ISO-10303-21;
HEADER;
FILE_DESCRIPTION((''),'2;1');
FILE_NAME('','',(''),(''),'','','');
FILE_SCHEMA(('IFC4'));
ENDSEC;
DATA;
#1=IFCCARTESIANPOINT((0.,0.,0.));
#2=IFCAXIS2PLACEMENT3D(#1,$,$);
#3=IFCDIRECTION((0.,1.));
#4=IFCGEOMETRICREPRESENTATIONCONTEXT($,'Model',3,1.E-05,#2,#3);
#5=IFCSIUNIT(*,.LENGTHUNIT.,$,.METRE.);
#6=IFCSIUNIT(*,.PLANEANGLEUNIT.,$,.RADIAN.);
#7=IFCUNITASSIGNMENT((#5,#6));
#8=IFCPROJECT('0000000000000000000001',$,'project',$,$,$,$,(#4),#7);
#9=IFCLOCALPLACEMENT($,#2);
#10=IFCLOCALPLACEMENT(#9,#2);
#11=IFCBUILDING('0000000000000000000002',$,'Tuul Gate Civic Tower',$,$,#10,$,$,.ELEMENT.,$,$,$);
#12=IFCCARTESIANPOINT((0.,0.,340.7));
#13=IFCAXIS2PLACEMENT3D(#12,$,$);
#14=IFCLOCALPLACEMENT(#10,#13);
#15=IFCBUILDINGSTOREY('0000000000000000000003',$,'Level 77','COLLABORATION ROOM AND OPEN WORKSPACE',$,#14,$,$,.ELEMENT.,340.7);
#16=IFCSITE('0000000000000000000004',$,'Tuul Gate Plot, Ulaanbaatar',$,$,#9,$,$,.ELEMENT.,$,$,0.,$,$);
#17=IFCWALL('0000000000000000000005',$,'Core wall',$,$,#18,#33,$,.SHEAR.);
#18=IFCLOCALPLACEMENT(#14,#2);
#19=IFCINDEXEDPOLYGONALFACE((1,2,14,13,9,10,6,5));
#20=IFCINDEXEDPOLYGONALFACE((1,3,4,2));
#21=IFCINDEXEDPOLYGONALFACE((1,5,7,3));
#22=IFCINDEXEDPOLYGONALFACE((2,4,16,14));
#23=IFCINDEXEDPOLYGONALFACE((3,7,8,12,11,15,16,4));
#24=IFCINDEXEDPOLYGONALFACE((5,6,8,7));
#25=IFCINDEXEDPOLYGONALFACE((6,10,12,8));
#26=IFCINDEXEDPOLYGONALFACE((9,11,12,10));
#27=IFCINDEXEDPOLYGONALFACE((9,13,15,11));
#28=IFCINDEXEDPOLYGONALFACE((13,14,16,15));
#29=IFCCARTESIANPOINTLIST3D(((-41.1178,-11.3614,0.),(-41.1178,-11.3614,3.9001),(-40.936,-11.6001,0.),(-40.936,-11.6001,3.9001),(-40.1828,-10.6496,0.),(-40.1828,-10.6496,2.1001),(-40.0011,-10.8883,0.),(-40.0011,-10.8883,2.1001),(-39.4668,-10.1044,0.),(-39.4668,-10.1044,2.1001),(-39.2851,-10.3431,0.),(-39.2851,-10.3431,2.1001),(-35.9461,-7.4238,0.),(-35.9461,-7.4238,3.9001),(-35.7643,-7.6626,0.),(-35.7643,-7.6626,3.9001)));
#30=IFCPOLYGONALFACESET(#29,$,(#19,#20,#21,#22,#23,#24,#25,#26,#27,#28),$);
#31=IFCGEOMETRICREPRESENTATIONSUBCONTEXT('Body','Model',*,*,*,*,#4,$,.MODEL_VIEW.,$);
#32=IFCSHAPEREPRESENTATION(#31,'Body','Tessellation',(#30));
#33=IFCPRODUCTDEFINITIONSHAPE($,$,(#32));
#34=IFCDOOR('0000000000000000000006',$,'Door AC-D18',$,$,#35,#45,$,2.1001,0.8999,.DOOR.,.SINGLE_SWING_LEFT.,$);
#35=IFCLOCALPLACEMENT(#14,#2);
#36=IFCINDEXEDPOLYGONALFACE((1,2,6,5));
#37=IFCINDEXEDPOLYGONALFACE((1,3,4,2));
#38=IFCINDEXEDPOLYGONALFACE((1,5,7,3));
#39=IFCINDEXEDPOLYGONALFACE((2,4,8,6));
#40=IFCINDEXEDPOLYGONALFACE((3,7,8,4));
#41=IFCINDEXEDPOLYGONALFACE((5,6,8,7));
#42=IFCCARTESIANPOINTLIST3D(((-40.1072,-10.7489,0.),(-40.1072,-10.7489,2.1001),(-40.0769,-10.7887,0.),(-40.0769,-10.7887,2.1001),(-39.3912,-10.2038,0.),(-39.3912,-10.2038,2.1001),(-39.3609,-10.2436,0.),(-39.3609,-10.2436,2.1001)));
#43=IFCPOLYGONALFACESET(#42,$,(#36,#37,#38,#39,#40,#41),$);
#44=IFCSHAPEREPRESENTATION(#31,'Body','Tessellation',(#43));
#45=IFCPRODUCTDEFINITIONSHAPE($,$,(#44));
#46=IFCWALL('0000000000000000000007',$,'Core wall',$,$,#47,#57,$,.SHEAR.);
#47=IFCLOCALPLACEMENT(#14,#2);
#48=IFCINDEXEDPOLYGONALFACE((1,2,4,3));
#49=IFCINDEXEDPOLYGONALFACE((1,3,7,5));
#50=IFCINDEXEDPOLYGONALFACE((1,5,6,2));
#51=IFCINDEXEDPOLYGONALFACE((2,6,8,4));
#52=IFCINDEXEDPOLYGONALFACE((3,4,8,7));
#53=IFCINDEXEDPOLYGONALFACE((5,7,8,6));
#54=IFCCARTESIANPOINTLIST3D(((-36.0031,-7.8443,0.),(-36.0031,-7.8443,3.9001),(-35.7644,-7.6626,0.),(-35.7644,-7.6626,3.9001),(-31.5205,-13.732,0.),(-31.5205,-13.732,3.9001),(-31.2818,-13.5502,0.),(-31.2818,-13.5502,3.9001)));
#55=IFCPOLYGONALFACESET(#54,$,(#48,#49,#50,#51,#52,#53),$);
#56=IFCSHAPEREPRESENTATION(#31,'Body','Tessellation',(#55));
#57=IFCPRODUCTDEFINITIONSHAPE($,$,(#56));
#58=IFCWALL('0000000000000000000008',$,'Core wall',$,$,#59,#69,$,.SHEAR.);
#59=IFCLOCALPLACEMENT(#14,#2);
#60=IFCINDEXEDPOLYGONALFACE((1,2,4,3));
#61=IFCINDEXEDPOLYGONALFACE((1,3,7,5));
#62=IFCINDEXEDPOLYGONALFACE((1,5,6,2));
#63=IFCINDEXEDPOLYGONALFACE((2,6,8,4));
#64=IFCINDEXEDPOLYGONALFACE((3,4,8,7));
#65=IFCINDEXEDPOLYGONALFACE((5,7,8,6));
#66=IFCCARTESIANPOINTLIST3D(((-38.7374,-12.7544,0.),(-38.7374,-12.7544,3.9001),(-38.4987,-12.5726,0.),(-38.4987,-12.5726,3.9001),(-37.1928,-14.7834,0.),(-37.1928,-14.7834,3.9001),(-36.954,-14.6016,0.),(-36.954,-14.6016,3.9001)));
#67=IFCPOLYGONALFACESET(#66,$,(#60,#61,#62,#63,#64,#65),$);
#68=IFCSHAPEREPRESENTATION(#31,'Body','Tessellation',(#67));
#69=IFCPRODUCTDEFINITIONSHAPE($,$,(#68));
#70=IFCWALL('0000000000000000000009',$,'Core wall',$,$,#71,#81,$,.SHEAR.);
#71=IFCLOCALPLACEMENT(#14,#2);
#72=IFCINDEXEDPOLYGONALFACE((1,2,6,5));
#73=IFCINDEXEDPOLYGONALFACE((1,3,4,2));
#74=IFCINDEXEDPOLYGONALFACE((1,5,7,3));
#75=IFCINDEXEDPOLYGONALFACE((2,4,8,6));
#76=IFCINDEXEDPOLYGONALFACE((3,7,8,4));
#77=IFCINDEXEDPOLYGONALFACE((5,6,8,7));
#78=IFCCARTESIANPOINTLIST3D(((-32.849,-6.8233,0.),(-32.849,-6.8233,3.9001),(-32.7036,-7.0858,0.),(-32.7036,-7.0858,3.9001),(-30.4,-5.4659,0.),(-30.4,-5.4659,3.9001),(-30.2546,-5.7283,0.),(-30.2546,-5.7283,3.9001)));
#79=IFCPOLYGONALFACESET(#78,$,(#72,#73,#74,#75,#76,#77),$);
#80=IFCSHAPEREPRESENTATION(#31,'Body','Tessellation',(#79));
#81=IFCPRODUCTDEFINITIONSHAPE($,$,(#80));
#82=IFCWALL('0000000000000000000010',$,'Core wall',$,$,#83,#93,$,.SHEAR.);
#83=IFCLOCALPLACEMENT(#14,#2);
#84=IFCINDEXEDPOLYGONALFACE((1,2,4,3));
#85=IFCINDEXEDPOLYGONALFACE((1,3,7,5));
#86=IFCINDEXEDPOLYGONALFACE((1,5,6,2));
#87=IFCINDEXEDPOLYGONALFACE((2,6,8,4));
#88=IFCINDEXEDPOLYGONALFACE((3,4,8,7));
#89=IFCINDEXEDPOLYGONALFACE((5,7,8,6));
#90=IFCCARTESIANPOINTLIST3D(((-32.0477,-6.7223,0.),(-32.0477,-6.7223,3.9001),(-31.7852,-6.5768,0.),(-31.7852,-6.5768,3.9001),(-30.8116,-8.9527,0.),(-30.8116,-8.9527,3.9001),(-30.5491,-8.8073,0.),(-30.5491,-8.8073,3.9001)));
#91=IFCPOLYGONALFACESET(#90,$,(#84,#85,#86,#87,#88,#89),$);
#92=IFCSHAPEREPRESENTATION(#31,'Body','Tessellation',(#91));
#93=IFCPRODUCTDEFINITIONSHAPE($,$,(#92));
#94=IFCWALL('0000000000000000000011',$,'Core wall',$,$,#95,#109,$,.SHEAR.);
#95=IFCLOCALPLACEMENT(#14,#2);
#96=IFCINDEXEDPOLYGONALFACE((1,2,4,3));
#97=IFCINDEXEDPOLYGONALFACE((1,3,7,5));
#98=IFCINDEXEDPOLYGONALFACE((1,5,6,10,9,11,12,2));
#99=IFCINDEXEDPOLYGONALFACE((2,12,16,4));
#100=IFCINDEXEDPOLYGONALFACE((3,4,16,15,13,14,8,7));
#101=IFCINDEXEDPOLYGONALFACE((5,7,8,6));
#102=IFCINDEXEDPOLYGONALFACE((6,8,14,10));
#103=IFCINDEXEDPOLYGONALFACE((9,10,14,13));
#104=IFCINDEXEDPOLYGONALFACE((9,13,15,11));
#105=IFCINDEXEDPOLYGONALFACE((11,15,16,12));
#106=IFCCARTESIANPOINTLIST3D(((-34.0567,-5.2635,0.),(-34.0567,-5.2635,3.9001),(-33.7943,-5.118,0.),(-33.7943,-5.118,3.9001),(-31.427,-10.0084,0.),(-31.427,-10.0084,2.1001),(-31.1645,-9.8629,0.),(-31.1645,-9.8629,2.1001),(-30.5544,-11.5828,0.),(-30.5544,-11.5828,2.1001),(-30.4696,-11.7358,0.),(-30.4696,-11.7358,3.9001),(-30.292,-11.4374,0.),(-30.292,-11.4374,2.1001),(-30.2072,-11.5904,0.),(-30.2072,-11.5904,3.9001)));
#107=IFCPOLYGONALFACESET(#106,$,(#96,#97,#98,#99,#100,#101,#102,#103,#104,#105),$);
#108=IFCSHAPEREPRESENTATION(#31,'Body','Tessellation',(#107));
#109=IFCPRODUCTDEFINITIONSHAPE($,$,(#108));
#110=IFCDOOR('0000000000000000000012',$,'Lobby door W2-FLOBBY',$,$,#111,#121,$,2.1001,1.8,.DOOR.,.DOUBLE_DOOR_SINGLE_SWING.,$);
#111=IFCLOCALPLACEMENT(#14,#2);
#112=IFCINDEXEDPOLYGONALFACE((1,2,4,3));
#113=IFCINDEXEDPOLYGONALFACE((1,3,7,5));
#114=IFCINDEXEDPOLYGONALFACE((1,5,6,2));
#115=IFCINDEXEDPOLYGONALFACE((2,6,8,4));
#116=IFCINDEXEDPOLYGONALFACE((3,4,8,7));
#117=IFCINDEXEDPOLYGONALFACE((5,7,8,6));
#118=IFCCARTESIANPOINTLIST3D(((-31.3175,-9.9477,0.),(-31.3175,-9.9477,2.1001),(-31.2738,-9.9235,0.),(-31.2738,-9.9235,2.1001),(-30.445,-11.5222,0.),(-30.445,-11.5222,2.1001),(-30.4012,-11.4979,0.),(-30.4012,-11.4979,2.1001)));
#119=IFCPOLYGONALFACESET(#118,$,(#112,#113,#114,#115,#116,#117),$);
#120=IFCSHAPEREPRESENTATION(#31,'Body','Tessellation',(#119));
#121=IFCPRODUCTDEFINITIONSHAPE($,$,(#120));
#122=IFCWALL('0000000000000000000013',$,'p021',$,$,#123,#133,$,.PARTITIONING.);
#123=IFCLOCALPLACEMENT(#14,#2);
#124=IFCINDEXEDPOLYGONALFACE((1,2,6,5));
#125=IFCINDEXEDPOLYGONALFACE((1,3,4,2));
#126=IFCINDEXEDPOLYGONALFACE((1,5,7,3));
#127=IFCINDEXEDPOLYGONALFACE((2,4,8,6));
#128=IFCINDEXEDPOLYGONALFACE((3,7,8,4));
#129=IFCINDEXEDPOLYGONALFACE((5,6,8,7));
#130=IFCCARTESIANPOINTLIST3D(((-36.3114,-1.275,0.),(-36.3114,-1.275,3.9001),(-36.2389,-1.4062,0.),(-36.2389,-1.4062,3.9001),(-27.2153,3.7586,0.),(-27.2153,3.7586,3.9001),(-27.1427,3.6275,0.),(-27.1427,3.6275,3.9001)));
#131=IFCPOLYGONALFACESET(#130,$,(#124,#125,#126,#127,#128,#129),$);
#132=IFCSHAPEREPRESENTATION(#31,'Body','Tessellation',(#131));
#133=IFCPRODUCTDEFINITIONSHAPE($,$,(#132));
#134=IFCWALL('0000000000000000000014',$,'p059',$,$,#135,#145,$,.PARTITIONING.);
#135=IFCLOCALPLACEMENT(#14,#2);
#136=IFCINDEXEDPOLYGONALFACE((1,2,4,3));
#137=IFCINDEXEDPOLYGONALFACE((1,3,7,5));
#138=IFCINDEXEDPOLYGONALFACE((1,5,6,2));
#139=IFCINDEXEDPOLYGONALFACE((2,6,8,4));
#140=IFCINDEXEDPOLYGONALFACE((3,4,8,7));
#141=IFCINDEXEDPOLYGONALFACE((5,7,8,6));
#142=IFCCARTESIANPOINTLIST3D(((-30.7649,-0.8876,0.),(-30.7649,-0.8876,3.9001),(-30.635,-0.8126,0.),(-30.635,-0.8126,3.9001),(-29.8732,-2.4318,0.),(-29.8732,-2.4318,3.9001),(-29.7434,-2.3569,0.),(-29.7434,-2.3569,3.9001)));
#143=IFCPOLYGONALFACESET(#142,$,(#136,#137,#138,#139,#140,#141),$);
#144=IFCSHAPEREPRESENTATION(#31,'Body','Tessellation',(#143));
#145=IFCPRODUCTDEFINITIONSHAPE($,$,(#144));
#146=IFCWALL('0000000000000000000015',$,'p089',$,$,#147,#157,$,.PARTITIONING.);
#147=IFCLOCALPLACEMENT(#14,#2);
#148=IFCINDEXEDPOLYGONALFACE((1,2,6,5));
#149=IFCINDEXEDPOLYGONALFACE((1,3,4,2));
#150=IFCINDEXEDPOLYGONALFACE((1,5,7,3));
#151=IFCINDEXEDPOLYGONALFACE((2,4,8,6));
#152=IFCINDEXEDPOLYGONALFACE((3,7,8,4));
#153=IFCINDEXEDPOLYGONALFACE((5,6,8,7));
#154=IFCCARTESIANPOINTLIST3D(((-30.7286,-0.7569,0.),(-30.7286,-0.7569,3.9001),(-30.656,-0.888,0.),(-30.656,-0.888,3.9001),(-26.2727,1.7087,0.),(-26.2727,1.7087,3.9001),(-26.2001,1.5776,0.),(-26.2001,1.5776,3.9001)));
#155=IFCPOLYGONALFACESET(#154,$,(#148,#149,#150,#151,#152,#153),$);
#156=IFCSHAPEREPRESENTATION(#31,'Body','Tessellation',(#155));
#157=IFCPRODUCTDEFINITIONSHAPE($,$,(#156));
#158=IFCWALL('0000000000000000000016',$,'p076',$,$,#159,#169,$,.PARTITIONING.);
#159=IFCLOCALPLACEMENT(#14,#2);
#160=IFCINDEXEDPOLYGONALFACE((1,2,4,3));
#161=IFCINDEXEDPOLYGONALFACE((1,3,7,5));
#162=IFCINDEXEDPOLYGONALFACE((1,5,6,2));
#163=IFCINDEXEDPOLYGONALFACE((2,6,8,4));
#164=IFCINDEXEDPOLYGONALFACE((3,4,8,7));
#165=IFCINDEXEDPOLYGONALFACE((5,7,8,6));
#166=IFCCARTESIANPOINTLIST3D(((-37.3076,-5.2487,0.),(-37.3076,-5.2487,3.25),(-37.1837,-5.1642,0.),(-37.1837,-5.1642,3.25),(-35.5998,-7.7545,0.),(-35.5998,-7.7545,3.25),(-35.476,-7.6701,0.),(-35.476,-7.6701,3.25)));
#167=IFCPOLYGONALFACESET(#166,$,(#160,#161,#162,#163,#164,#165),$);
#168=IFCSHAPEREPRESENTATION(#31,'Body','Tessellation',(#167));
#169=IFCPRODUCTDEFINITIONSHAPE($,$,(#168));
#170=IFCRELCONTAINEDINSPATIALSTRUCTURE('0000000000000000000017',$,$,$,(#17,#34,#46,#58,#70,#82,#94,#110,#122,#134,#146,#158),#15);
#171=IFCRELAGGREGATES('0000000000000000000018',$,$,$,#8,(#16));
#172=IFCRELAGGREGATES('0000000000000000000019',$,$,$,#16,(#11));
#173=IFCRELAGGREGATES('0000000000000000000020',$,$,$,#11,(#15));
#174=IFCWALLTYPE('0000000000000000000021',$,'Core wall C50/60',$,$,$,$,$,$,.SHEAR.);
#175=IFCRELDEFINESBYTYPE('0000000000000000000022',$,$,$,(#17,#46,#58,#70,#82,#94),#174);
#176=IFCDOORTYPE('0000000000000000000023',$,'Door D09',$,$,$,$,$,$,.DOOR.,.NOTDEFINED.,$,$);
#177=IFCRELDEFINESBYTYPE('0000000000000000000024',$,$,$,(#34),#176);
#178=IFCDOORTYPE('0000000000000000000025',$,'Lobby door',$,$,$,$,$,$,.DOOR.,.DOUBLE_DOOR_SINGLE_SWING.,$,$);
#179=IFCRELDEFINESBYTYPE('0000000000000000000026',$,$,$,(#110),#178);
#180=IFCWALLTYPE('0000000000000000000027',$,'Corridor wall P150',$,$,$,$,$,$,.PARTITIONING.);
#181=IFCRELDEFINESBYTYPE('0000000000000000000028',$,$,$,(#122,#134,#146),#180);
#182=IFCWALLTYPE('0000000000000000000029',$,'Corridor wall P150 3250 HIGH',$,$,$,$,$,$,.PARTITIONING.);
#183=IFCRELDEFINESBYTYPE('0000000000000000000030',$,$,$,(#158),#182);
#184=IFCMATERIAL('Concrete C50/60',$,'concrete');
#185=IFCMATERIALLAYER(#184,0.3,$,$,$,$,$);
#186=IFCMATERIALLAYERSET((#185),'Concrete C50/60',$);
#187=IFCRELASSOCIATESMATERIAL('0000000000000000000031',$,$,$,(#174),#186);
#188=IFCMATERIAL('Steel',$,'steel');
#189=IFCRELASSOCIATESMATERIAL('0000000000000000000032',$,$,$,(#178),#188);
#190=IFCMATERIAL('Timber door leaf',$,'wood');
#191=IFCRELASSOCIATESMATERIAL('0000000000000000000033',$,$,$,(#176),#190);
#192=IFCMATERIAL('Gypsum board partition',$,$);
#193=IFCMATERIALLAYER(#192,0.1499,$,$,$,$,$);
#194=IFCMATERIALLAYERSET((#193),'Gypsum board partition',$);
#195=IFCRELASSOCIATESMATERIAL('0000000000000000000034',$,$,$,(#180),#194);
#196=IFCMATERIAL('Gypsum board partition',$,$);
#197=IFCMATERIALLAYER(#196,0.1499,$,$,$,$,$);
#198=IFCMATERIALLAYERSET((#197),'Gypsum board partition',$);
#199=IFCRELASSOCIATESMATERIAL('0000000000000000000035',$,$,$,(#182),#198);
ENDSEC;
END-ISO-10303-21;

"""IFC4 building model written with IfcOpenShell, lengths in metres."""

from ifc_helpers import new_model, si_unit, direction, frame, frame_2d, origin, place, context, subcontext, project, spatial, rectangle, extrude, material, layer, layer_set, type_object, element, fill, save


model = new_model("IFC4")

# Units and contexts
model_context = context("Model", 3, precision=1e-05, world=origin(), true_north=direction((0.0, 1.0)))
body_context = subcontext(model_context, "Body", "Model", "MODEL_VIEW")
ifc_project = project(units=[si_unit("LENGTHUNIT", "METRE"), si_unit("PLANEANGLEUNIT", "RADIAN")], contexts=[model_context])

# Site, building, storey
site_placement = place(None, origin())
site = spatial("IfcSite", under=ifc_project, at=site_placement, Name="Tuul Gate Plot, Ulaanbaatar", CompositionType="ELEMENT", RefElevation=0.0)
building_placement = place(site_placement, origin())
building = spatial("IfcBuilding", under=site, at=building_placement, Name="Tuul Gate Civic Tower", CompositionType="ELEMENT")
storey_placement = place(building_placement, frame((0.0, 0.0, 340.7)))
storey = spatial("IfcBuildingStorey", under=building, at=storey_placement, Name="Level 77", Description="COLLABORATION ROOM AND OPEN WORKSPACE", CompositionType="ELEMENT", Elevation=340.7)

# Shared definitions
ifc_material_1 = material(Name="Concrete C50/60", Category="concrete")
ifc_layer_1 = layer(ifc_material_1, 0.3)
ifc_layer_set_1 = layer_set([ifc_layer_1], Name="Concrete C50/60")
wall_type_1 = type_object("IfcWallType", Name="Core wall C50/60", PredefinedType="SHEAR", material=ifc_layer_set_1)
ifc_material_2 = material(Name="Steel", Category="steel")
door_type_1 = type_object("IfcDoorType", Name="Lobby door", OperationType="DOUBLE_DOOR_SINGLE_SWING", PredefinedType="DOOR", material=ifc_material_2)

# Wall, opening, door
wall_1_placement = place(storey_placement, frame((-35.8552, -7.5432, 0.0), z_axis=(0.0, 0.0, 1.0), x_axis=(-0.795639, -0.605772, 0.0)))
wall_1 = element("IfcWall", 1, at=wall_1_placement, inside=storey, type_object=wall_type_1, Name="Core wall", PredefinedType="SHEAR", context=body_context, shape_type="SweptSolid", body=[
    extrude(rectangle(XDim=6.5, YDim=0.3, at=frame_2d((3.25, 0.0))), origin(), (0.0, 0.0, 1.0), 3.9001),
])
opening_1_placement = place(wall_1_placement, frame((4.425, 0.0, 0.0)))
opening_1 = element("IfcOpeningElement", 2, at=opening_1_placement, cuts=wall_1, PredefinedType="OPENING", context=body_context, shape_type="SweptSolid", body=[
    extrude(rectangle(XDim=0.8999, YDim=2.1001, at=frame_2d((0.45, 1.05))), frame((0.0, 0.1602, 0.0), z_axis=(0.0, -1.0, 0.0), x_axis=(1.0, 0.0, 0.0)), (0.0, 0.0, 1.0), 0.3201),
])
ifc_material_3 = material(Name="Timber door leaf", Category="wood")
door_type_2 = type_object("IfcDoorType", Name="Door D09", OperationType="NOTDEFINED", PredefinedType="DOOR", material=ifc_material_3)
door_1_placement = place(opening_1_placement, origin())
door_1 = element("IfcDoor", 3, at=door_1_placement, inside=storey, type_object=door_type_2, Name="Door AC-D18", OperationType="SINGLE_SWING_LEFT", OverallHeight=2.1001, OverallWidth=0.8999, PredefinedType="DOOR", context=body_context, shape_type="SweptSolid", body=[
    extrude(rectangle(XDim=0.8999, YDim=2.1001, at=frame_2d((0.45, 1.05))), frame((0.0, 0.0249, 0.0), z_axis=(0.0, -1.0, 0.0), x_axis=(1.0, 0.0, 0.0)), (0.0, 0.0, 1.0), 0.05),
])
fill(opening_1, door_1)

# Walls
wall_2_placement = place(storey_placement, frame((-31.4011, -13.6411, 0.0), z_axis=(0.0, 0.0, 1.0), x_axis=(-0.60577, 0.79564, 0.0)))
element("IfcWall", 4, at=wall_2_placement, inside=storey, type_object=wall_type_1, Name="Core wall", PredefinedType="SHEAR", context=body_context, shape_type="SweptSolid", body=[
    extrude(rectangle(XDim=7.3999, YDim=0.3, at=frame_2d((3.7, 0.0))), origin(), (0.0, 0.0, 1.0), 3.9001),
])
wall_3_placement = place(storey_placement, frame((-37.0735, -14.6924, 0.0), z_axis=(0.0, 0.0, 1.0), x_axis=(-0.605729, 0.795671, 0.0)))
element("IfcWall", 5, at=wall_3_placement, inside=storey, type_object=wall_type_1, Name="Core wall", PredefinedType="SHEAR", context=body_context, shape_type="SweptSolid", body=[
    extrude(rectangle(XDim=2.55, YDim=0.3, at=frame_2d((1.2749, 0.0))), origin(), (0.0, 0.0, 1.0), 3.9001),
])
wall_4_placement = place(storey_placement, frame((-30.3274, -5.5972, 0.0), z_axis=(0.0, 0.0, 1.0), x_axis=(-0.87463, -0.484791, 0.0)))
element("IfcWall", 6, at=wall_4_placement, inside=storey, type_object=wall_type_1, Name="Core wall", PredefinedType="SHEAR", context=body_context, shape_type="SweptSolid", body=[
    extrude(rectangle(XDim=2.8, YDim=0.3, at=frame_2d((1.3999, 0.0))), origin(), (0.0, 0.0, 1.0), 3.9001),
])
wall_5_placement = place(storey_placement, frame((-30.6804, -8.8799, 0.0), z_axis=(0.0, 0.0, 1.0), x_axis=(-0.484724, 0.874667, 0.0)))
element("IfcWall", 7, at=wall_5_placement, inside=storey, type_object=wall_type_1, Name="Core wall", PredefinedType="SHEAR", context=body_context, shape_type="SweptSolid", body=[
    extrude(rectangle(XDim=2.55, YDim=0.3, at=frame_2d((1.2749, 0.0))), origin(), (0.0, 0.0, 1.0), 3.9001),
])

# Wall, opening, door
wall_6_placement = place(storey_placement, frame((-30.3384, -11.6631, 0.0), z_axis=(0.0, 0.0, 1.0), x_axis=(-0.484752, 0.874652, 0.0)))
wall_6 = element("IfcWall", 8, at=wall_6_placement, inside=storey, type_object=wall_type_1, Name="Core wall", PredefinedType="SHEAR", context=body_context, shape_type="SweptSolid", body=[
    extrude(rectangle(XDim=7.3999, YDim=0.3, at=frame_2d((3.7, 0.0))), origin(), (0.0, 0.0, 1.0), 3.9001),
])
opening_2_placement = place(wall_6_placement, frame((0.175, 0.0, 0.0)))
opening_2 = element("IfcOpeningElement", 9, at=opening_2_placement, cuts=wall_6, PredefinedType="OPENING", context=body_context, shape_type="SweptSolid", body=[
    extrude(rectangle(XDim=1.8, YDim=2.1001, at=frame_2d((0.8999, 1.05))), frame((0.0, 0.1602, 0.0), z_axis=(0.0, -1.0, 0.0), x_axis=(1.0, 0.0, 0.0)), (0.0, 0.0, 1.0), 0.3201),
])
door_2_placement = place(opening_2_placement, origin())
door_2 = element("IfcDoor", 10, at=door_2_placement, inside=storey, type_object=door_type_1, Name="Lobby door W2-FLOBBY", OperationType="DOUBLE_DOOR_SINGLE_SWING", OverallHeight=2.1001, OverallWidth=1.8, PredefinedType="DOOR", context=body_context, shape_type="SweptSolid", body=[
    extrude(rectangle(XDim=1.8, YDim=2.1001, at=frame_2d((0.8999, 1.05))), frame((0.0, 0.0249, 0.0), z_axis=(0.0, -1.0, 0.0), x_axis=(1.0, 0.0, 0.0)), (0.0, 0.0, 1.0), 0.05),
])
fill(opening_2, door_2)

# Walls
ifc_material_4 = material(Name="Gypsum board partition")
ifc_layer_2 = layer(ifc_material_4, 0.1499)
ifc_layer_set_2 = layer_set([ifc_layer_2], Name="Gypsum board partition")
wall_type_2 = type_object("IfcWallType", Name="Corridor wall P150", PredefinedType="PARTITIONING", material=ifc_layer_set_2)
wall_7_placement = place(storey_placement, frame((-36.2751, -1.3406, 0.0), z_axis=(0.0, 0.0, 1.0), x_axis=(0.874962, 0.484191, 0.0)))
element("IfcWall", 11, at=wall_7_placement, inside=storey, type_object=wall_type_2, Name="p021", PredefinedType="PARTITIONING", context=body_context, shape_type="SweptSolid", body=[
    extrude(rectangle(XDim=10.396, YDim=0.1499, at=frame_2d((5.198, 0.0))), origin(), (0.0, 0.0, 1.0), 3.9001),
])
wall_8_placement = place(storey_placement, frame((-30.7, -0.8501, 0.0), z_axis=(0.0, 0.0, 1.0), x_axis=(0.500027, -0.86601, 0.0)))
element("IfcWall", 12, at=wall_8_placement, inside=storey, type_object=wall_type_2, Name="p059", PredefinedType="PARTITIONING", context=body_context, shape_type="SweptSolid", body=[
    extrude(rectangle(XDim=1.7832, YDim=0.1499, at=frame_2d((0.8916, 0.0))), origin(), (0.0, 0.0, 1.0), 3.9001),
])
wall_9_placement = place(storey_placement, frame((-30.6924, -0.8225, 0.0), z_axis=(0.0, 0.0, 1.0), x_axis=(0.874979, 0.484161, 0.0)))
element("IfcWall", 13, at=wall_9_placement, inside=storey, type_object=wall_type_2, Name="p089", PredefinedType="PARTITIONING", context=body_context, shape_type="SweptSolid", body=[
    extrude(rectangle(XDim=5.0925, YDim=0.1499, at=frame_2d((2.5464, 0.0))), origin(), (0.0, 0.0, 1.0), 3.9001),
])
ifc_material_5 = material(Name="Gypsum board partition")
ifc_layer_3 = layer(ifc_material_5, 0.1499)
ifc_layer_set_3 = layer_set([ifc_layer_3], Name="Gypsum board partition")
wall_type_3 = type_object("IfcWallType", Name="Corridor wall P150 3250 HIGH", PredefinedType="PARTITIONING", material=ifc_layer_set_3)
wall_10_placement = place(storey_placement, frame((-37.2456, -5.2065, 0.0), z_axis=(0.0, 0.0, 1.0), x_axis=(0.563162, -0.826347, 0.0)))
element("IfcWall", 14, at=wall_10_placement, inside=storey, type_object=wall_type_3, Name="p076", PredefinedType="PARTITIONING", context=body_context, shape_type="SweptSolid", body=[
    extrude(rectangle(XDim=3.0325, YDim=0.1499, at=frame_2d((1.5161, 0.0))), origin(), (0.0, 0.0, 1.0), 3.25),
])

save(model, "model.ifc")
